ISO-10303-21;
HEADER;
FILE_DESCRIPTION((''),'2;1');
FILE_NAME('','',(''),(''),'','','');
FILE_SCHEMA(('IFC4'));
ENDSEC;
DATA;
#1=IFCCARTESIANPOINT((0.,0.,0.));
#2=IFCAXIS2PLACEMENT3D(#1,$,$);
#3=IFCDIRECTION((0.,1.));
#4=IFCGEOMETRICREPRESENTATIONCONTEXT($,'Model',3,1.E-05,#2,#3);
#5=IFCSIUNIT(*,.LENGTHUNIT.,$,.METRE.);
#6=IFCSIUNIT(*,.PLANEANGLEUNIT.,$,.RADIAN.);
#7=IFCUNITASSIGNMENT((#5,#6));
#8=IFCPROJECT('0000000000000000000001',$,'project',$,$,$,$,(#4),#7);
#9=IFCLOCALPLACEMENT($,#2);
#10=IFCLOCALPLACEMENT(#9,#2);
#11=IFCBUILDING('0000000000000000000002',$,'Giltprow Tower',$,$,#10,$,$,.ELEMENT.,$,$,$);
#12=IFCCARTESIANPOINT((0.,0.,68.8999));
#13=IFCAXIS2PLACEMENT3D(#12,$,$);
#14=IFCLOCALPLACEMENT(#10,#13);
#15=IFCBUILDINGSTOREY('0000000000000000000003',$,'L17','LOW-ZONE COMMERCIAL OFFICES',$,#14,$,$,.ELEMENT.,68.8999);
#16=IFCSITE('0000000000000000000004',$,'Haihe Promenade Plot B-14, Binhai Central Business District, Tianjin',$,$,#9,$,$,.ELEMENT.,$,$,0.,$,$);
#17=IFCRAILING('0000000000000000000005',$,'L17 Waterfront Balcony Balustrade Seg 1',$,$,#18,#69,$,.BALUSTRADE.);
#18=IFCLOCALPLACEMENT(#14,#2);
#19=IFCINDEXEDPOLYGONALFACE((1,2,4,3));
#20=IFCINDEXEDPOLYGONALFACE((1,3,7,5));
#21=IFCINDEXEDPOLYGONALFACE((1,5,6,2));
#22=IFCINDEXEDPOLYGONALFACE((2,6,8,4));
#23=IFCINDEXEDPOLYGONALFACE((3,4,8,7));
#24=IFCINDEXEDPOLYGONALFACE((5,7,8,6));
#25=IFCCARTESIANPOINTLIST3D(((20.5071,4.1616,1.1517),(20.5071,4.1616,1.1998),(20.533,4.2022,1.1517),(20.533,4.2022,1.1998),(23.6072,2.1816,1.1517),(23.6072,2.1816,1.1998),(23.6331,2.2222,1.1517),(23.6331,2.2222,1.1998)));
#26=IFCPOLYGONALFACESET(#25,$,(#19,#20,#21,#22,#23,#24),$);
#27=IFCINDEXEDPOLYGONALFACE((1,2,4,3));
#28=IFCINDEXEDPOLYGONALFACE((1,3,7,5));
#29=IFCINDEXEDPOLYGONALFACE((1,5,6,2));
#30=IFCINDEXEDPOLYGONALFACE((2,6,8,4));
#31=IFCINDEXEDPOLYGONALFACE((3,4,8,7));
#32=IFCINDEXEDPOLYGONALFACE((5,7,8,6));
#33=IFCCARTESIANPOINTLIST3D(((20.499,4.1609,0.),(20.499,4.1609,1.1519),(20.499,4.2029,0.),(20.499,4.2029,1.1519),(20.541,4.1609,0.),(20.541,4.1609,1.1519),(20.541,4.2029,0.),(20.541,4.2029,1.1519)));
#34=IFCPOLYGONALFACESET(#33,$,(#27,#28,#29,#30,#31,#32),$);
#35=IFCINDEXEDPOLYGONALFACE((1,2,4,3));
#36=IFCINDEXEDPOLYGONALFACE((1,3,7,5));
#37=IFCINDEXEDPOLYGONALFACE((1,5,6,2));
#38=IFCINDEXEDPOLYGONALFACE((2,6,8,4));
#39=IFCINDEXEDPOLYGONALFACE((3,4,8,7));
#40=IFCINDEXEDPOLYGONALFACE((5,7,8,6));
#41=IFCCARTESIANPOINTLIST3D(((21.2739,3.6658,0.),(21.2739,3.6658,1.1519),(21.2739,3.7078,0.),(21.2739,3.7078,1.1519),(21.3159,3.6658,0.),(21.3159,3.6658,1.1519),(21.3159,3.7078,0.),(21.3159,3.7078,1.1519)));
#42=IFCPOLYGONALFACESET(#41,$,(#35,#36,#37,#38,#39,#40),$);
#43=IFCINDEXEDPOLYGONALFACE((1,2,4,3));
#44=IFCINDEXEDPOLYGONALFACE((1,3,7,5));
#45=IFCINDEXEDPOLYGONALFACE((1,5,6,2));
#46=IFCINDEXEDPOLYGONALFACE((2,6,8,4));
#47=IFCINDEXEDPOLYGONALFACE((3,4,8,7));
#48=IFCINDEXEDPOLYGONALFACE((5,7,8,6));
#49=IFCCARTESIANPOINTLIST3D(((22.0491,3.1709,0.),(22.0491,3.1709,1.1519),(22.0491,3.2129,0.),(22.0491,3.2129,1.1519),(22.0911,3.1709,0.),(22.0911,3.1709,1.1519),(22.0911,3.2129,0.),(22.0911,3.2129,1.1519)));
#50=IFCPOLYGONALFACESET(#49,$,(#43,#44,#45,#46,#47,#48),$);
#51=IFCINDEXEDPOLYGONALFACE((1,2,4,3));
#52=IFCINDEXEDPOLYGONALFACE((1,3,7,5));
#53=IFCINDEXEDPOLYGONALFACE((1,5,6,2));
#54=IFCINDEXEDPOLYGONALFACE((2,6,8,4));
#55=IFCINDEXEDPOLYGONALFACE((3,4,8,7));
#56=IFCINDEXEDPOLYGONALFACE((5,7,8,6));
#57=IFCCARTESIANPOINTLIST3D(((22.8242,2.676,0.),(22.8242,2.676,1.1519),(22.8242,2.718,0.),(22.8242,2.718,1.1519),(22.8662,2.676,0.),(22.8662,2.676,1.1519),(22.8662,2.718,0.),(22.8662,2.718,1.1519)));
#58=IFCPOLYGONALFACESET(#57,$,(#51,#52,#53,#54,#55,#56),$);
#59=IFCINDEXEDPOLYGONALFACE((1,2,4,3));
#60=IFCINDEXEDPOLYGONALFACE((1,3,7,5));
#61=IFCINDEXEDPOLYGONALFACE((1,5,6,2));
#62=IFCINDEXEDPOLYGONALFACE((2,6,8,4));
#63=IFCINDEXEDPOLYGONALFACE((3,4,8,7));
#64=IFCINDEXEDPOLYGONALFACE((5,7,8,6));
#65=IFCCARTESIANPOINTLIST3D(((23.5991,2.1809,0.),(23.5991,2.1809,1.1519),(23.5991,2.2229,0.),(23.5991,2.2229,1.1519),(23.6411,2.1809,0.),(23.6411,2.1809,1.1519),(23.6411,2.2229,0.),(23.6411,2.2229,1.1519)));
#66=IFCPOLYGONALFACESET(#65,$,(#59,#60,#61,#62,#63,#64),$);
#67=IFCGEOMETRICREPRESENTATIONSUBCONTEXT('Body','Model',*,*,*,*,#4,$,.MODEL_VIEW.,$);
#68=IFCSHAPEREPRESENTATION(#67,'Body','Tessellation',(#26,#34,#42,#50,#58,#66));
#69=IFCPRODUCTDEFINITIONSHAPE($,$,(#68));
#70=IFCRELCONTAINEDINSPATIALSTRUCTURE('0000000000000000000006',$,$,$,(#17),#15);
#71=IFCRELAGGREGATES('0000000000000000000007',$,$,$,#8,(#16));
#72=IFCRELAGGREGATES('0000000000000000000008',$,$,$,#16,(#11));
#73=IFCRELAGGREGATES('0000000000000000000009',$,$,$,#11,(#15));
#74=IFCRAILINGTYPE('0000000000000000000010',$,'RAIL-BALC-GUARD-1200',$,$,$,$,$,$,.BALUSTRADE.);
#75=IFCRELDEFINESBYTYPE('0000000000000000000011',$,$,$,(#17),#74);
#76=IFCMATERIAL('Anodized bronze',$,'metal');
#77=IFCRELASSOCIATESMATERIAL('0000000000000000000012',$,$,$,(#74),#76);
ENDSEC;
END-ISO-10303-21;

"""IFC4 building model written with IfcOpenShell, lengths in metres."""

from ifc_helpers import new_model, si_unit, direction, frame, origin, origin_2d, place, context, subcontext, project, spatial, rectangle, extrude, material, type_object, element, save


model = new_model("IFC4")

# Units and contexts
model_context = context("Model", 3, precision=1e-05, world=origin(), true_north=direction((0.0, 1.0)))
body_context = subcontext(model_context, "Body", "Model", "MODEL_VIEW")
ifc_project = project(units=[si_unit("LENGTHUNIT", "METRE"), si_unit("PLANEANGLEUNIT", "RADIAN")], contexts=[model_context])

# Site, building, storey
site_placement = place(None, origin())
site = spatial("IfcSite", under=ifc_project, at=site_placement, Name="Haihe Promenade Plot B-14, Binhai Central Business District, Tianjin", CompositionType="ELEMENT", RefElevation=0.0)
building_placement = place(site_placement, origin())
building = spatial("IfcBuilding", under=site, at=building_placement, Name="Giltprow Tower", CompositionType="ELEMENT")
storey_placement = place(building_placement, frame((0.0, 0.0, 68.8999)))
storey = spatial("IfcBuildingStorey", under=building, at=storey_placement, Name="L17", Description="LOW-ZONE COMMERCIAL OFFICES", CompositionType="ELEMENT", Elevation=68.8999)

# Railing
ifc_material_1 = material(Name="Anodized bronze", Category="metal")
railing_type = type_object("IfcRailingType", Name="RAIL-BALC-GUARD-1200", PredefinedType="BALUSTRADE", material=ifc_material_1)
railing_1_placement = place(storey_placement, frame((20.52, 4.1819, 0.0)))
element("IfcRailing", 1, at=railing_1_placement, inside=storey, type_object=railing_type, Name="L17 Waterfront Balcony Balustrade Seg 1", PredefinedType="BALUSTRADE", context=body_context, shape_type="SweptSolid", body=[
    extrude(rectangle(XDim=0.0481, YDim=0.0481, at=origin_2d()), frame((0.0, 0.0, 1.1758), z_axis=(0.842775, -0.538266, 0.0), x_axis=(0.538266, 0.842775, 0.0)), (0.0, 0.0, 1.0), 3.6785),
    extrude(rectangle(XDim=0.042, YDim=0.042, at=origin_2d()), origin(), (0.0, 0.0, 1.0), 1.1519),
    extrude(rectangle(XDim=0.042, YDim=0.042, at=origin_2d()), frame((0.7749, -0.4951, 0.0)), (0.0, 0.0, 1.0), 1.1519),
    extrude(rectangle(XDim=0.042, YDim=0.042, at=origin_2d()), frame((1.55, -0.99, 0.0)), (0.0, 0.0, 1.0), 1.1519),
    extrude(rectangle(XDim=0.042, YDim=0.042, at=origin_2d()), frame((2.3252, -1.4849, 0.0)), (0.0, 0.0, 1.0), 1.1519),
    extrude(rectangle(XDim=0.042, YDim=0.042, at=origin_2d()), frame((3.1001, -1.98, 0.0)), (0.0, 0.0, 1.0), 1.1519),
])

save(model, "model.ifc")
